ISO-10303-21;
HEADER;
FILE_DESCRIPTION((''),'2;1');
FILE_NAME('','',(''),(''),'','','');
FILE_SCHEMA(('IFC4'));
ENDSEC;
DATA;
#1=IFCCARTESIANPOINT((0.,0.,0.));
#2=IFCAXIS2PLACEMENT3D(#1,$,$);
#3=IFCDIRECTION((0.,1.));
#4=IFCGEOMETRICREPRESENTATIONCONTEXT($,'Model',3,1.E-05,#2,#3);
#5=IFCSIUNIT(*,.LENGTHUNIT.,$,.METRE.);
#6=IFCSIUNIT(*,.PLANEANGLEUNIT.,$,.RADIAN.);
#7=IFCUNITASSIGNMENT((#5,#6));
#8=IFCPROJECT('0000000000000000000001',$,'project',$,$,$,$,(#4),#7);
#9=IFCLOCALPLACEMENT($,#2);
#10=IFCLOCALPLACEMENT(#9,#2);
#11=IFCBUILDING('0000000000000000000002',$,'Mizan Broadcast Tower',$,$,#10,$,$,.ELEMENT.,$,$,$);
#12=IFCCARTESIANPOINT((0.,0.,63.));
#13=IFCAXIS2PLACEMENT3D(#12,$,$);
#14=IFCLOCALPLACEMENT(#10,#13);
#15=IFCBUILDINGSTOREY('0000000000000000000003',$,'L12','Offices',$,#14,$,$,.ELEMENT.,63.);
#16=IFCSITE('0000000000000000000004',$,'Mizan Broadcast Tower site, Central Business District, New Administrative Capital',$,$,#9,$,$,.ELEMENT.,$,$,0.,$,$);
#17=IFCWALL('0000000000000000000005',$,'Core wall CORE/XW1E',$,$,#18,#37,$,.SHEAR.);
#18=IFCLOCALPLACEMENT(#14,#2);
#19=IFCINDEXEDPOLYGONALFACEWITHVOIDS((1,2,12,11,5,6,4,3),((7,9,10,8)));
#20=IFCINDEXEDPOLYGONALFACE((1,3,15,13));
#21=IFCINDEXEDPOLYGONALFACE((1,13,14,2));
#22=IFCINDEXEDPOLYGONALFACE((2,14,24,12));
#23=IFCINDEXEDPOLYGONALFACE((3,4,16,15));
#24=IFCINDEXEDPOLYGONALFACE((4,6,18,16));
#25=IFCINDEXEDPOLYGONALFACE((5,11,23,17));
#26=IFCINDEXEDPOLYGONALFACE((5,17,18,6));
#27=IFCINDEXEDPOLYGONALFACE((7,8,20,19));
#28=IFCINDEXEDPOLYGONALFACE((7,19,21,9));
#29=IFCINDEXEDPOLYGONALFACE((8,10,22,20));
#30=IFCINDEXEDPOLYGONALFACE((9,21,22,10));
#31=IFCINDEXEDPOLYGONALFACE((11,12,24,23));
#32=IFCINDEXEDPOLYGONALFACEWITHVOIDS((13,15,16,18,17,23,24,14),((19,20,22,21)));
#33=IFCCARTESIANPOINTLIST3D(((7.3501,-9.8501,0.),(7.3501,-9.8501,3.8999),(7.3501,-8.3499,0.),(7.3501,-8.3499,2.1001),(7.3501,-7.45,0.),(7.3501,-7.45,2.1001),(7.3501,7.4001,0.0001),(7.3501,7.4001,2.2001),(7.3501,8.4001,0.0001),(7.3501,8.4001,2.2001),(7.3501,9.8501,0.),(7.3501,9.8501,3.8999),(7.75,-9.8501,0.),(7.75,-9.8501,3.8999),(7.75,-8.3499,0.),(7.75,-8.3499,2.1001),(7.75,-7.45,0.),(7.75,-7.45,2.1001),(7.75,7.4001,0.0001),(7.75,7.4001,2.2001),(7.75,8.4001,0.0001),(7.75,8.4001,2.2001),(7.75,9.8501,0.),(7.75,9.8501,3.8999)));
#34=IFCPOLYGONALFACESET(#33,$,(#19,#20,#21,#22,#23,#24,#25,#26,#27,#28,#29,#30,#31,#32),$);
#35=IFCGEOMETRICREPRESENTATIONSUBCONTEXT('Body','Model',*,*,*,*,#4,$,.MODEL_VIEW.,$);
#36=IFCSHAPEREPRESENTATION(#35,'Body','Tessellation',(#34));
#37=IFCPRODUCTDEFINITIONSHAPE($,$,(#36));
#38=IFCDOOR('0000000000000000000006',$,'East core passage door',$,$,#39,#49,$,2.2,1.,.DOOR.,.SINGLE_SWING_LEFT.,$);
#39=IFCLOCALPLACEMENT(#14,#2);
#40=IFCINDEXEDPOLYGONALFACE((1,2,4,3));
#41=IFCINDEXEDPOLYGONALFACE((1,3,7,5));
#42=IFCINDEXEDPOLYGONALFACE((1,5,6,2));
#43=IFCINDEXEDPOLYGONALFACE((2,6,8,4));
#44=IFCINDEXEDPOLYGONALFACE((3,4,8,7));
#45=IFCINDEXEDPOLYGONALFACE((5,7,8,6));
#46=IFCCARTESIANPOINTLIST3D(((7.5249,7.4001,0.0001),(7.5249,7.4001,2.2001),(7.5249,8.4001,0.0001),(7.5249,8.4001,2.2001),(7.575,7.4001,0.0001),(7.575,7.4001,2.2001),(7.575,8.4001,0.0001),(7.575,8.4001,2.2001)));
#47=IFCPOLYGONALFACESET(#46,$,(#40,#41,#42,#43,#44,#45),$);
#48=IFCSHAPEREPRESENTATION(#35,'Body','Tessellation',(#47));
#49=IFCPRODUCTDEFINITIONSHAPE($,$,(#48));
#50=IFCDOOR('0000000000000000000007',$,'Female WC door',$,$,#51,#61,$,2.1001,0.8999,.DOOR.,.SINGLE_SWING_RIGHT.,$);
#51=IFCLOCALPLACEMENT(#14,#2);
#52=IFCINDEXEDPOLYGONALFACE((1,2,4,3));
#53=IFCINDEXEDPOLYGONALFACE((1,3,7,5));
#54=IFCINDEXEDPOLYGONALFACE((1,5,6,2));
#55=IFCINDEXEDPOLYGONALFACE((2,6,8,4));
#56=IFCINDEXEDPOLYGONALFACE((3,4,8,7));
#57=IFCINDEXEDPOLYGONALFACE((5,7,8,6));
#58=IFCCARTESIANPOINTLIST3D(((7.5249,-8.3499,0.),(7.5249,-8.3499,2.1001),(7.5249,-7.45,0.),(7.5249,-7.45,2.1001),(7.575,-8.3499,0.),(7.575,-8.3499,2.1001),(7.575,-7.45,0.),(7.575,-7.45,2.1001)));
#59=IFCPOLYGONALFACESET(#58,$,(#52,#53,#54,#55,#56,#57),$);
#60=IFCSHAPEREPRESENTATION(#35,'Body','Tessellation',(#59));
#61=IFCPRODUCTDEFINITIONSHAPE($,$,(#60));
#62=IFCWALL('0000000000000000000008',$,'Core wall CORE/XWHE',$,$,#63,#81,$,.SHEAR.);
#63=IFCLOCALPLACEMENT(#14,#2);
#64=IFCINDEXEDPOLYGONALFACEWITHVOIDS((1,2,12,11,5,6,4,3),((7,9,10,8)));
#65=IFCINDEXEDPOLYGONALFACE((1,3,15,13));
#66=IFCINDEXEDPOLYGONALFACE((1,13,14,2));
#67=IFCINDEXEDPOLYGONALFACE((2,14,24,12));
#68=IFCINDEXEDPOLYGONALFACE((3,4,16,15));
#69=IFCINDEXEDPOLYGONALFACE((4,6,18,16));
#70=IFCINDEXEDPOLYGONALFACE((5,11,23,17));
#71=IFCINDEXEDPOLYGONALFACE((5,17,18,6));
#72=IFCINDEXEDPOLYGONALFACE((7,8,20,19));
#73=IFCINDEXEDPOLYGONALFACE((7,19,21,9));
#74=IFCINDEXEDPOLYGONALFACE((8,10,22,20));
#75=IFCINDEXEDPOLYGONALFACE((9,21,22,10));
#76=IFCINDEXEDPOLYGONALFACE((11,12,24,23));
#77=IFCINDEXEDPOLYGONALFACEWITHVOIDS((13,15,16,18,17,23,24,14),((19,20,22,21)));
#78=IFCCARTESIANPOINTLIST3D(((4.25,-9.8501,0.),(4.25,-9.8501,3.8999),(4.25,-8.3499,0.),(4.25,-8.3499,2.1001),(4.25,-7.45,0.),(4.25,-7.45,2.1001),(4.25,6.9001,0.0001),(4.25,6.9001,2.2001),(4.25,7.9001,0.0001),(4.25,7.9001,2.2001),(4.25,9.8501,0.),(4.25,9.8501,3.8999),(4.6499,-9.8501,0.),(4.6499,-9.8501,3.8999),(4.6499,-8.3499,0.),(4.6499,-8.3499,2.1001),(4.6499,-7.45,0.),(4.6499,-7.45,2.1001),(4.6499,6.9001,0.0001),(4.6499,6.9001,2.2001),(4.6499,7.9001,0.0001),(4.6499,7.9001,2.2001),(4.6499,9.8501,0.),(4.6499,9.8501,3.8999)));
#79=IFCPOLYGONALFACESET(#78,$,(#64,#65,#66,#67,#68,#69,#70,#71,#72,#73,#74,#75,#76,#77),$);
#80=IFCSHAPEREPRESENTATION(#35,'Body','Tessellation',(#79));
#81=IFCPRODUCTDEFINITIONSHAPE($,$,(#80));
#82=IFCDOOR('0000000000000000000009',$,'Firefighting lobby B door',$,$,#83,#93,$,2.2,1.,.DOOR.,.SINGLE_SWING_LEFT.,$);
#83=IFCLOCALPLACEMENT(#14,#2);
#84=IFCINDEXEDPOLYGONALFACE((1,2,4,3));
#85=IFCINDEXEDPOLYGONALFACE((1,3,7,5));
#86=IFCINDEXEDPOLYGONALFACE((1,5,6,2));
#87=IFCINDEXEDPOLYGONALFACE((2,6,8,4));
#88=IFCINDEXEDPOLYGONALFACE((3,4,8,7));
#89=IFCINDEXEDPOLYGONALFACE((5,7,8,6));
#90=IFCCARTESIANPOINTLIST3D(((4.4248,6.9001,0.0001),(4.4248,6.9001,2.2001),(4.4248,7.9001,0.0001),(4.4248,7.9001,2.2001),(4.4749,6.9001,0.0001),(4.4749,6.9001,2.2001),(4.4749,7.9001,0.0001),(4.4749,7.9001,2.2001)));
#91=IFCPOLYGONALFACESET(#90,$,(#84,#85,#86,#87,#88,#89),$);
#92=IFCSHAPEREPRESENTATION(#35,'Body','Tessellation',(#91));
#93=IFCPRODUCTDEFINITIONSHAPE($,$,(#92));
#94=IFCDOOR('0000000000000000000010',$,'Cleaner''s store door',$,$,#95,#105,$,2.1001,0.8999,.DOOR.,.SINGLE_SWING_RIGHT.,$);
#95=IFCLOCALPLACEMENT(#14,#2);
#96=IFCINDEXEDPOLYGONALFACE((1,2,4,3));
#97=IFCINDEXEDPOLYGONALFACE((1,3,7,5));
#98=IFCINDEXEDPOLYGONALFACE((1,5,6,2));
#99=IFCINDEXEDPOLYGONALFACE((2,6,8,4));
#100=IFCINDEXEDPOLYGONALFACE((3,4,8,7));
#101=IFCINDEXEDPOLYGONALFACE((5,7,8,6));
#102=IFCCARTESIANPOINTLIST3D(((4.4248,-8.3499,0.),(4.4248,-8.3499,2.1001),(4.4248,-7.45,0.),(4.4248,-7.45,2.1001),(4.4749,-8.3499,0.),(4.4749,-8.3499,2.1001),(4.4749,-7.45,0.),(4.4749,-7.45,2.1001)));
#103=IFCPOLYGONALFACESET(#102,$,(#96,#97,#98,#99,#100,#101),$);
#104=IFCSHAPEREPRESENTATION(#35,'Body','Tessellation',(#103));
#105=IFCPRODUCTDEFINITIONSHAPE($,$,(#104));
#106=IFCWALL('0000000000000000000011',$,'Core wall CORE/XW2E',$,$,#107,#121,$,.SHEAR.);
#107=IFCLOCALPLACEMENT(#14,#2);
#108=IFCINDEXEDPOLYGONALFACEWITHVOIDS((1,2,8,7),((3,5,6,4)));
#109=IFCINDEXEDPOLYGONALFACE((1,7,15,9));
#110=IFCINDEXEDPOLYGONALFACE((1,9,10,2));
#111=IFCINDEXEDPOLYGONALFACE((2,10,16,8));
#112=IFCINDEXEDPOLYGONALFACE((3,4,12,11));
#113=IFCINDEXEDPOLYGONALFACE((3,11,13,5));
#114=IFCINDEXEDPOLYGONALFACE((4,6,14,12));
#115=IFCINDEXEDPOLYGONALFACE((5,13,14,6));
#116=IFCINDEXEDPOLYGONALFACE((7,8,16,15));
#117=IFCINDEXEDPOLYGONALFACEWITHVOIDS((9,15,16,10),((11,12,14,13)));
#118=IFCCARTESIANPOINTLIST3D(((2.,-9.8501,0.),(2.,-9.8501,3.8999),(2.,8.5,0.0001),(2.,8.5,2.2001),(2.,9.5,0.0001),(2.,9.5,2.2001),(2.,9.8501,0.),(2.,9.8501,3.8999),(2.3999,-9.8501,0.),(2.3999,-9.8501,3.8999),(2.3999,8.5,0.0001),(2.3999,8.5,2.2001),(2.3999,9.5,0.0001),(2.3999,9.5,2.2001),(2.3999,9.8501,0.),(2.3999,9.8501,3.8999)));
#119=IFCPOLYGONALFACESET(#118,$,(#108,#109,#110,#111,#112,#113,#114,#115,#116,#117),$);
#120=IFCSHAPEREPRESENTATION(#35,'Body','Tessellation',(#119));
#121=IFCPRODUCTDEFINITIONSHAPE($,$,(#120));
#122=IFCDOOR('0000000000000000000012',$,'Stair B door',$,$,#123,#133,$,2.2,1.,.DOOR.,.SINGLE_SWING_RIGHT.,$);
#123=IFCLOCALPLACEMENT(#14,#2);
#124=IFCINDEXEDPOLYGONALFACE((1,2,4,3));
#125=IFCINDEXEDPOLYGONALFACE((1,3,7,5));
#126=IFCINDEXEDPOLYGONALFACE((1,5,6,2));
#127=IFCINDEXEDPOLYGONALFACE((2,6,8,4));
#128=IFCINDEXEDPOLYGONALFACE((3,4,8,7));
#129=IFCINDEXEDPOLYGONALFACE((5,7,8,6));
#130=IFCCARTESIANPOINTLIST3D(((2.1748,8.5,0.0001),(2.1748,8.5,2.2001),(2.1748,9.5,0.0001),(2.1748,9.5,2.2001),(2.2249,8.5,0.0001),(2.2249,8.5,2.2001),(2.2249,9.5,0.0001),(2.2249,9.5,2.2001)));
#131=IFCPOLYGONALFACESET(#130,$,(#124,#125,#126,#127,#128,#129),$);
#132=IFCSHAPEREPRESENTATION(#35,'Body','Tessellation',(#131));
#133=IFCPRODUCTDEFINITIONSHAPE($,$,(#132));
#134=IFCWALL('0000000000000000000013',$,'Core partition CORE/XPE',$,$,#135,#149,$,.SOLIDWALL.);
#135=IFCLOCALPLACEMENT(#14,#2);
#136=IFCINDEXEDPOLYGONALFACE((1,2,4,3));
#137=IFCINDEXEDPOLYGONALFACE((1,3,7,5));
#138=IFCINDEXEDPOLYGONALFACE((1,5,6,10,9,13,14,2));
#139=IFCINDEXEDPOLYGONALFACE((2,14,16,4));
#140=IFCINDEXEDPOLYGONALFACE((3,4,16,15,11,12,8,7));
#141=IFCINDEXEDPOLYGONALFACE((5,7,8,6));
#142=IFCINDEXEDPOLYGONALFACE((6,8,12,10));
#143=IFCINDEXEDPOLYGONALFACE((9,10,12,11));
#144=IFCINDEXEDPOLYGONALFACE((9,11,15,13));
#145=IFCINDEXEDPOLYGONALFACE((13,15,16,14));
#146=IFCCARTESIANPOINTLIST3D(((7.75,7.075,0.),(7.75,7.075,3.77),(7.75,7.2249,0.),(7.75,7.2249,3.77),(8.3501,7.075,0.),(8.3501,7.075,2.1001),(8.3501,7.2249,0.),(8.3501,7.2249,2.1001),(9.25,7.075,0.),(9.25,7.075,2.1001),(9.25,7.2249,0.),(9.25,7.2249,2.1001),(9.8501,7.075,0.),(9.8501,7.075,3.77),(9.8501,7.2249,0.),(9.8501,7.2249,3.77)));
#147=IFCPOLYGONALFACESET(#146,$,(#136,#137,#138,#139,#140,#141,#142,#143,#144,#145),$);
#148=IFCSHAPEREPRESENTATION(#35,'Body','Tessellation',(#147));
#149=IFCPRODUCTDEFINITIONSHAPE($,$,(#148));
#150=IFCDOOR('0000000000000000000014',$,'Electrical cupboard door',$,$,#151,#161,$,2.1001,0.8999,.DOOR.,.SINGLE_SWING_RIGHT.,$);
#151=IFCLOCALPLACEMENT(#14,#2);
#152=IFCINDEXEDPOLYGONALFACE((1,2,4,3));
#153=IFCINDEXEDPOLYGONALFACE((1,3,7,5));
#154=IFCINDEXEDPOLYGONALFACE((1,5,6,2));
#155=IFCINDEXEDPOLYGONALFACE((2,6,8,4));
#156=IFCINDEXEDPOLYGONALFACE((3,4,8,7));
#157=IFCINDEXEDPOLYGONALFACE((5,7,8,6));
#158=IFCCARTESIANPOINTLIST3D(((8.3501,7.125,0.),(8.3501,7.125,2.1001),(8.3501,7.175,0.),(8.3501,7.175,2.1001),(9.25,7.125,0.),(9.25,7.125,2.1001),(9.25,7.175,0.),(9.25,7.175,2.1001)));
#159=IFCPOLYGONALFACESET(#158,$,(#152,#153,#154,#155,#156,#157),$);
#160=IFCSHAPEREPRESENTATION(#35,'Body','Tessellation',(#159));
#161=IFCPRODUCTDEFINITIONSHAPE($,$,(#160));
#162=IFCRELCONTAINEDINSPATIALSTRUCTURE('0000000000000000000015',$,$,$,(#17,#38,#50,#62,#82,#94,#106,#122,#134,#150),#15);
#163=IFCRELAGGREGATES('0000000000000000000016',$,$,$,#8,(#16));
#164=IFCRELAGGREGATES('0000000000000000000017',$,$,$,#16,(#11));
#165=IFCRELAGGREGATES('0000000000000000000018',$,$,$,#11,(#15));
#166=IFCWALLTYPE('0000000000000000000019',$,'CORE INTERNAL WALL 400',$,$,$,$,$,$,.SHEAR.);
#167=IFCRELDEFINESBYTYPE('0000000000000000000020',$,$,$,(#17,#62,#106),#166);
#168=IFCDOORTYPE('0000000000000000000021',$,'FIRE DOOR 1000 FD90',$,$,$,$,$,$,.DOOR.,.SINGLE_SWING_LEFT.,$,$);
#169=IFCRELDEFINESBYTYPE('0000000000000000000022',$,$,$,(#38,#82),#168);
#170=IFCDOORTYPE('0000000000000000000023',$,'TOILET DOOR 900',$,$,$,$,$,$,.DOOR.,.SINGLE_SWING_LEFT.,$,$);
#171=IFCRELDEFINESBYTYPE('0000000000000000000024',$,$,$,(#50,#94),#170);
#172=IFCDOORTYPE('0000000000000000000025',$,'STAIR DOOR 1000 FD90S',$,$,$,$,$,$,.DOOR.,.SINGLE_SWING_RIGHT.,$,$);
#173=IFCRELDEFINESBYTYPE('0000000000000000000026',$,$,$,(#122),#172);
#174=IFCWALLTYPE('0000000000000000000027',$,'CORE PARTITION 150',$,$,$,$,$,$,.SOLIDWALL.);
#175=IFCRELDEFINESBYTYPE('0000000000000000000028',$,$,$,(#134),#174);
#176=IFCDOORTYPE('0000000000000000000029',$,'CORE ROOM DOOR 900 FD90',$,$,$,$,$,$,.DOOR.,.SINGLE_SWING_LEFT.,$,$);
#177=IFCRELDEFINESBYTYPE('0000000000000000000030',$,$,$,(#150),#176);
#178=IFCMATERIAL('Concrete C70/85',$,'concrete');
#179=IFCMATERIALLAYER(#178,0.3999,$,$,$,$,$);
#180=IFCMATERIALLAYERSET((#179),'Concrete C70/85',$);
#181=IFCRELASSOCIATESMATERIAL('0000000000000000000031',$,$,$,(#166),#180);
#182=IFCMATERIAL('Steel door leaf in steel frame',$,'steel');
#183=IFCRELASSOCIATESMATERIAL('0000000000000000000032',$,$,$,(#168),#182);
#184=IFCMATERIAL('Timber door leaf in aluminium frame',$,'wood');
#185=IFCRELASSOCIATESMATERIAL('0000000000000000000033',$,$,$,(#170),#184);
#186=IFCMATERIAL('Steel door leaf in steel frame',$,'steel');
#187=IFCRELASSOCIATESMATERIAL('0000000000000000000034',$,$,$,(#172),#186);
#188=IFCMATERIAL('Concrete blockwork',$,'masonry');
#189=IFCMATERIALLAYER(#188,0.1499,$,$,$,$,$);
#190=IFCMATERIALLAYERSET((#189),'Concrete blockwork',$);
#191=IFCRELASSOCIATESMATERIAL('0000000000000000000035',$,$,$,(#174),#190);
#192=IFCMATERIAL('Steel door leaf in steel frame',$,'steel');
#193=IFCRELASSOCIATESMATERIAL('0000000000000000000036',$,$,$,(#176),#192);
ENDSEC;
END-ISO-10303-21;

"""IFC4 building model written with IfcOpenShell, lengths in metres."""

from ifc_helpers import new_model, si_unit, direction, frame, frame_2d, origin, place, context, subcontext, project, spatial, rectangle, extrude, material, layer, layer_set, type_object, element, fill, save


model = new_model("IFC4")

# Units and contexts
model_context = context("Model", 3, precision=1e-05, world=origin(), true_north=direction((0.0, 1.0)))
body_context = subcontext(model_context, "Body", "Model", "MODEL_VIEW")
ifc_project = project(units=[si_unit("LENGTHUNIT", "METRE"), si_unit("PLANEANGLEUNIT", "RADIAN")], contexts=[model_context])

# Site, building, storey
site_placement = place(None, origin())
site = spatial("IfcSite", under=ifc_project, at=site_placement, Name="Mizan Broadcast Tower site, Central Business District, New Administrative Capital", CompositionType="ELEMENT", RefElevation=0.0)
building_placement = place(site_placement, origin())
building = spatial("IfcBuilding", under=site, at=building_placement, Name="Mizan Broadcast Tower", CompositionType="ELEMENT")
storey_placement = place(building_placement, frame((0.0, 0.0, 63.0)))
storey = spatial("IfcBuildingStorey", under=building, at=storey_placement, Name="L12", Description="Offices", CompositionType="ELEMENT", Elevation=63.0)

# Walls, openings, doors
ifc_material_1 = material(Name="Concrete C70/85", Category="concrete")
ifc_layer_1 = layer(ifc_material_1, 0.3999)
ifc_layer_set_1 = layer_set([ifc_layer_1], Name="Concrete C70/85")
wall_type_1 = type_object("IfcWallType", Name="CORE INTERNAL WALL 400", PredefinedType="SHEAR", material=ifc_layer_set_1)
wall_1_placement = place(storey_placement, frame((7.55, 9.8501, 0.0), z_axis=(0.0, 0.0, 1.0), x_axis=(0.0, -1.0, 0.0)))
wall_1 = element("IfcWall", 1, at=wall_1_placement, inside=storey, type_object=wall_type_1, Name="Core wall CORE/XW1E", PredefinedType="SHEAR", context=body_context, shape_type="SweptSolid", body=[
    extrude(rectangle(XDim=19.7002, YDim=0.3999, at=frame_2d((9.8501, 0.0))), origin(), (0.0, 0.0, 1.0), 3.8999),
])
opening_1_placement = place(wall_1_placement, frame((1.45, 0.0, 0.0)))
opening_1 = element("IfcOpeningElement", 2, at=opening_1_placement, cuts=wall_1, PredefinedType="OPENING", context=body_context, shape_type="SweptSolid", body=[
    extrude(rectangle(XDim=1.0, YDim=2.2, at=frame_2d((0.5, 1.1001))), frame((0.0, 0.21, 0.0), z_axis=(0.0, -1.0, 0.0), x_axis=(1.0, 0.0, 0.0)), (0.0, 0.0, 1.0), 0.4199),
])
opening_2_placement = place(wall_1_placement, frame((17.3, 0.0, 0.0)))
opening_2 = element("IfcOpeningElement", 3, at=opening_2_placement, cuts=wall_1, PredefinedType="OPENING", context=body_context, shape_type="SweptSolid", body=[
    extrude(rectangle(XDim=0.8999, YDim=2.1001, at=frame_2d((0.45, 1.05))), frame((0.0, 0.21, 0.0), z_axis=(0.0, -1.0, 0.0), x_axis=(1.0, 0.0, 0.0)), (0.0, 0.0, 1.0), 0.4199),
])
ifc_material_2 = material(Name="Steel door leaf in steel frame", Category="steel")
door_type_1 = type_object("IfcDoorType", Name="FIRE DOOR 1000 FD90", OperationType="SINGLE_SWING_LEFT", PredefinedType="DOOR", material=ifc_material_2)
door_1_placement = place(opening_1_placement, origin())
door_1 = element("IfcDoor", 4, at=door_1_placement, inside=storey, type_object=door_type_1, Name="East core passage door", OperationType="SINGLE_SWING_LEFT", OverallHeight=2.2, OverallWidth=1.0, PredefinedType="DOOR", context=body_context, shape_type="SweptSolid", body=[
    extrude(rectangle(XDim=1.0, YDim=2.2, at=frame_2d((0.5, 1.1001))), frame((0.0, 0.0249, 0.0), z_axis=(0.0, -1.0, 0.0), x_axis=(1.0, 0.0, 0.0)), (0.0, 0.0, 1.0), 0.05),
])
fill(opening_1, door_1)
ifc_material_3 = material(Name="Timber door leaf in aluminium frame", Category="wood")
door_type_2 = type_object("IfcDoorType", Name="TOILET DOOR 900", OperationType="SINGLE_SWING_LEFT", PredefinedType="DOOR", material=ifc_material_3)
door_2_placement = place(opening_2_placement, origin())
door_2 = element("IfcDoor", 5, at=door_2_placement, inside=storey, type_object=door_type_2, Name="Female WC door", OperationType="SINGLE_SWING_RIGHT", OverallHeight=2.1001, OverallWidth=0.8999, PredefinedType="DOOR", context=body_context, shape_type="SweptSolid", body=[
    extrude(rectangle(XDim=0.8999, YDim=2.1001, at=frame_2d((0.45, 1.05))), frame((0.0, 0.0249, 0.0), z_axis=(0.0, -1.0, 0.0), x_axis=(1.0, 0.0, 0.0)), (0.0, 0.0, 1.0), 0.05),
])
fill(opening_2, door_2)
wall_2_placement = place(storey_placement, frame((4.45, 9.8501, 0.0), z_axis=(0.0, 0.0, 1.0), x_axis=(0.0, -1.0, 0.0)))
wall_2 = element("IfcWall", 6, at=wall_2_placement, inside=storey, type_object=wall_type_1, Name="Core wall CORE/XWHE", PredefinedType="SHEAR", context=body_context, shape_type="SweptSolid", body=[
    extrude(rectangle(XDim=19.7002, YDim=0.3999, at=frame_2d((9.8501, 0.0))), origin(), (0.0, 0.0, 1.0), 3.8999),
])
opening_3_placement = place(wall_2_placement, frame((1.95, 0.0, 0.0)))
opening_3 = element("IfcOpeningElement", 7, at=opening_3_placement, cuts=wall_2, PredefinedType="OPENING", context=body_context, shape_type="SweptSolid", body=[
    extrude(rectangle(XDim=1.0, YDim=2.2, at=frame_2d((0.5, 1.1001))), frame((0.0, 0.21, 0.0), z_axis=(0.0, -1.0, 0.0), x_axis=(1.0, 0.0, 0.0)), (0.0, 0.0, 1.0), 0.4199),
])
opening_4_placement = place(wall_2_placement, frame((17.3, 0.0, 0.0)))
opening_4 = element("IfcOpeningElement", 8, at=opening_4_placement, cuts=wall_2, PredefinedType="OPENING", context=body_context, shape_type="SweptSolid", body=[
    extrude(rectangle(XDim=0.8999, YDim=2.1001, at=frame_2d((0.45, 1.05))), frame((0.0, 0.21, 0.0), z_axis=(0.0, -1.0, 0.0), x_axis=(1.0, 0.0, 0.0)), (0.0, 0.0, 1.0), 0.4199),
])
door_3_placement = place(opening_3_placement, origin())
door_3 = element("IfcDoor", 9, at=door_3_placement, inside=storey, type_object=door_type_1, Name="Firefighting lobby B door", OperationType="SINGLE_SWING_LEFT", OverallHeight=2.2, OverallWidth=1.0, PredefinedType="DOOR", context=body_context, shape_type="SweptSolid", body=[
    extrude(rectangle(XDim=1.0, YDim=2.2, at=frame_2d((0.5, 1.1001))), frame((0.0, 0.0249, 0.0), z_axis=(0.0, -1.0, 0.0), x_axis=(1.0, 0.0, 0.0)), (0.0, 0.0, 1.0), 0.05),
])
fill(opening_3, door_3)
door_4_placement = place(opening_4_placement, origin())
door_4 = element("IfcDoor", 10, at=door_4_placement, inside=storey, type_object=door_type_2, Name="Cleaner's store door", OperationType="SINGLE_SWING_RIGHT", OverallHeight=2.1001, OverallWidth=0.8999, PredefinedType="DOOR", context=body_context, shape_type="SweptSolid", body=[
    extrude(rectangle(XDim=0.8999, YDim=2.1001, at=frame_2d((0.45, 1.05))), frame((0.0, 0.0249, 0.0), z_axis=(0.0, -1.0, 0.0), x_axis=(1.0, 0.0, 0.0)), (0.0, 0.0, 1.0), 0.05),
])
fill(opening_4, door_4)

# Walls, openings, doors
wall_3_placement = place(storey_placement, frame((2.2, 9.8501, 0.0), z_axis=(0.0, 0.0, 1.0), x_axis=(0.0, -1.0, 0.0)))
wall_3 = element("IfcWall", 11, at=wall_3_placement, inside=storey, type_object=wall_type_1, Name="Core wall CORE/XW2E", PredefinedType="SHEAR", context=body_context, shape_type="SweptSolid", body=[
    extrude(rectangle(XDim=19.7002, YDim=0.3999, at=frame_2d((9.8501, 0.0))), origin(), (0.0, 0.0, 1.0), 3.8999),
])
opening_5_placement = place(wall_3_placement, frame((0.3501, 0.0, 0.0)))
opening_5 = element("IfcOpeningElement", 12, at=opening_5_placement, cuts=wall_3, PredefinedType="OPENING", context=body_context, shape_type="SweptSolid", body=[
    extrude(rectangle(XDim=1.0, YDim=2.2, at=frame_2d((0.5, 1.1001))), frame((0.0, 0.21, 0.0), z_axis=(0.0, -1.0, 0.0), x_axis=(1.0, 0.0, 0.0)), (0.0, 0.0, 1.0), 0.4199),
])
ifc_material_4 = material(Name="Steel door leaf in steel frame", Category="steel")
door_type_3 = type_object("IfcDoorType", Name="STAIR DOOR 1000 FD90S", OperationType="SINGLE_SWING_RIGHT", PredefinedType="DOOR", material=ifc_material_4)
door_5_placement = place(opening_5_placement, origin())
door_5 = element("IfcDoor", 13, at=door_5_placement, inside=storey, type_object=door_type_3, Name="Stair B door", OperationType="SINGLE_SWING_RIGHT", OverallHeight=2.2, OverallWidth=1.0, PredefinedType="DOOR", context=body_context, shape_type="SweptSolid", body=[
    extrude(rectangle(XDim=1.0, YDim=2.2, at=frame_2d((0.5, 1.1001))), frame((0.0, 0.0249, 0.0), z_axis=(0.0, -1.0, 0.0), x_axis=(1.0, 0.0, 0.0)), (0.0, 0.0, 1.0), 0.05),
])
fill(opening_5, door_5)
ifc_material_5 = material(Name="Concrete blockwork", Category="masonry")
ifc_layer_2 = layer(ifc_material_5, 0.1499)
ifc_layer_set_2 = layer_set([ifc_layer_2], Name="Concrete blockwork")
wall_type_2 = type_object("IfcWallType", Name="CORE PARTITION 150", PredefinedType="SOLIDWALL", material=ifc_layer_set_2)
wall_4_placement = place(storey_placement, frame((9.8501, 7.1499, 0.0), z_axis=(0.0, 0.0, 1.0), x_axis=(-1.0, 0.0, 0.0)))
wall_4 = element("IfcWall", 14, at=wall_4_placement, inside=storey, type_object=wall_type_2, Name="Core partition CORE/XPE", PredefinedType="SOLIDWALL", context=body_context, shape_type="SweptSolid", body=[
    extrude(rectangle(XDim=2.1001, YDim=0.1499, at=frame_2d((1.05, 0.0))), origin(), (0.0, 0.0, 1.0), 3.77),
])
opening_6_placement = place(wall_4_placement, frame((0.6001, 0.0, 0.0)))
opening_6 = element("IfcOpeningElement", 15, at=opening_6_placement, cuts=wall_4, PredefinedType="OPENING", context=body_context, shape_type="SweptSolid", body=[
    extrude(rectangle(XDim=0.8999, YDim=2.1001, at=frame_2d((0.45, 1.05))), frame((0.0, 0.085, 0.0), z_axis=(0.0, -1.0, 0.0), x_axis=(1.0, 0.0, 0.0)), (0.0, 0.0, 1.0), 0.1699),
])
ifc_material_6 = material(Name="Steel door leaf in steel frame", Category="steel")
door_type_4 = type_object("IfcDoorType", Name="CORE ROOM DOOR 900 FD90", OperationType="SINGLE_SWING_LEFT", PredefinedType="DOOR", material=ifc_material_6)
door_6_placement = place(opening_6_placement, origin())
door_6 = element("IfcDoor", 16, at=door_6_placement, inside=storey, type_object=door_type_4, Name="Electrical cupboard door", OperationType="SINGLE_SWING_RIGHT", OverallHeight=2.1001, OverallWidth=0.8999, PredefinedType="DOOR", context=body_context, shape_type="SweptSolid", body=[
    extrude(rectangle(XDim=0.8999, YDim=2.1001, at=frame_2d((0.45, 1.05))), frame((0.0, 0.0249, 0.0), z_axis=(0.0, -1.0, 0.0), x_axis=(1.0, 0.0, 0.0)), (0.0, 0.0, 1.0), 0.05),
])
fill(opening_6, door_6)

save(model, "model.ifc")
